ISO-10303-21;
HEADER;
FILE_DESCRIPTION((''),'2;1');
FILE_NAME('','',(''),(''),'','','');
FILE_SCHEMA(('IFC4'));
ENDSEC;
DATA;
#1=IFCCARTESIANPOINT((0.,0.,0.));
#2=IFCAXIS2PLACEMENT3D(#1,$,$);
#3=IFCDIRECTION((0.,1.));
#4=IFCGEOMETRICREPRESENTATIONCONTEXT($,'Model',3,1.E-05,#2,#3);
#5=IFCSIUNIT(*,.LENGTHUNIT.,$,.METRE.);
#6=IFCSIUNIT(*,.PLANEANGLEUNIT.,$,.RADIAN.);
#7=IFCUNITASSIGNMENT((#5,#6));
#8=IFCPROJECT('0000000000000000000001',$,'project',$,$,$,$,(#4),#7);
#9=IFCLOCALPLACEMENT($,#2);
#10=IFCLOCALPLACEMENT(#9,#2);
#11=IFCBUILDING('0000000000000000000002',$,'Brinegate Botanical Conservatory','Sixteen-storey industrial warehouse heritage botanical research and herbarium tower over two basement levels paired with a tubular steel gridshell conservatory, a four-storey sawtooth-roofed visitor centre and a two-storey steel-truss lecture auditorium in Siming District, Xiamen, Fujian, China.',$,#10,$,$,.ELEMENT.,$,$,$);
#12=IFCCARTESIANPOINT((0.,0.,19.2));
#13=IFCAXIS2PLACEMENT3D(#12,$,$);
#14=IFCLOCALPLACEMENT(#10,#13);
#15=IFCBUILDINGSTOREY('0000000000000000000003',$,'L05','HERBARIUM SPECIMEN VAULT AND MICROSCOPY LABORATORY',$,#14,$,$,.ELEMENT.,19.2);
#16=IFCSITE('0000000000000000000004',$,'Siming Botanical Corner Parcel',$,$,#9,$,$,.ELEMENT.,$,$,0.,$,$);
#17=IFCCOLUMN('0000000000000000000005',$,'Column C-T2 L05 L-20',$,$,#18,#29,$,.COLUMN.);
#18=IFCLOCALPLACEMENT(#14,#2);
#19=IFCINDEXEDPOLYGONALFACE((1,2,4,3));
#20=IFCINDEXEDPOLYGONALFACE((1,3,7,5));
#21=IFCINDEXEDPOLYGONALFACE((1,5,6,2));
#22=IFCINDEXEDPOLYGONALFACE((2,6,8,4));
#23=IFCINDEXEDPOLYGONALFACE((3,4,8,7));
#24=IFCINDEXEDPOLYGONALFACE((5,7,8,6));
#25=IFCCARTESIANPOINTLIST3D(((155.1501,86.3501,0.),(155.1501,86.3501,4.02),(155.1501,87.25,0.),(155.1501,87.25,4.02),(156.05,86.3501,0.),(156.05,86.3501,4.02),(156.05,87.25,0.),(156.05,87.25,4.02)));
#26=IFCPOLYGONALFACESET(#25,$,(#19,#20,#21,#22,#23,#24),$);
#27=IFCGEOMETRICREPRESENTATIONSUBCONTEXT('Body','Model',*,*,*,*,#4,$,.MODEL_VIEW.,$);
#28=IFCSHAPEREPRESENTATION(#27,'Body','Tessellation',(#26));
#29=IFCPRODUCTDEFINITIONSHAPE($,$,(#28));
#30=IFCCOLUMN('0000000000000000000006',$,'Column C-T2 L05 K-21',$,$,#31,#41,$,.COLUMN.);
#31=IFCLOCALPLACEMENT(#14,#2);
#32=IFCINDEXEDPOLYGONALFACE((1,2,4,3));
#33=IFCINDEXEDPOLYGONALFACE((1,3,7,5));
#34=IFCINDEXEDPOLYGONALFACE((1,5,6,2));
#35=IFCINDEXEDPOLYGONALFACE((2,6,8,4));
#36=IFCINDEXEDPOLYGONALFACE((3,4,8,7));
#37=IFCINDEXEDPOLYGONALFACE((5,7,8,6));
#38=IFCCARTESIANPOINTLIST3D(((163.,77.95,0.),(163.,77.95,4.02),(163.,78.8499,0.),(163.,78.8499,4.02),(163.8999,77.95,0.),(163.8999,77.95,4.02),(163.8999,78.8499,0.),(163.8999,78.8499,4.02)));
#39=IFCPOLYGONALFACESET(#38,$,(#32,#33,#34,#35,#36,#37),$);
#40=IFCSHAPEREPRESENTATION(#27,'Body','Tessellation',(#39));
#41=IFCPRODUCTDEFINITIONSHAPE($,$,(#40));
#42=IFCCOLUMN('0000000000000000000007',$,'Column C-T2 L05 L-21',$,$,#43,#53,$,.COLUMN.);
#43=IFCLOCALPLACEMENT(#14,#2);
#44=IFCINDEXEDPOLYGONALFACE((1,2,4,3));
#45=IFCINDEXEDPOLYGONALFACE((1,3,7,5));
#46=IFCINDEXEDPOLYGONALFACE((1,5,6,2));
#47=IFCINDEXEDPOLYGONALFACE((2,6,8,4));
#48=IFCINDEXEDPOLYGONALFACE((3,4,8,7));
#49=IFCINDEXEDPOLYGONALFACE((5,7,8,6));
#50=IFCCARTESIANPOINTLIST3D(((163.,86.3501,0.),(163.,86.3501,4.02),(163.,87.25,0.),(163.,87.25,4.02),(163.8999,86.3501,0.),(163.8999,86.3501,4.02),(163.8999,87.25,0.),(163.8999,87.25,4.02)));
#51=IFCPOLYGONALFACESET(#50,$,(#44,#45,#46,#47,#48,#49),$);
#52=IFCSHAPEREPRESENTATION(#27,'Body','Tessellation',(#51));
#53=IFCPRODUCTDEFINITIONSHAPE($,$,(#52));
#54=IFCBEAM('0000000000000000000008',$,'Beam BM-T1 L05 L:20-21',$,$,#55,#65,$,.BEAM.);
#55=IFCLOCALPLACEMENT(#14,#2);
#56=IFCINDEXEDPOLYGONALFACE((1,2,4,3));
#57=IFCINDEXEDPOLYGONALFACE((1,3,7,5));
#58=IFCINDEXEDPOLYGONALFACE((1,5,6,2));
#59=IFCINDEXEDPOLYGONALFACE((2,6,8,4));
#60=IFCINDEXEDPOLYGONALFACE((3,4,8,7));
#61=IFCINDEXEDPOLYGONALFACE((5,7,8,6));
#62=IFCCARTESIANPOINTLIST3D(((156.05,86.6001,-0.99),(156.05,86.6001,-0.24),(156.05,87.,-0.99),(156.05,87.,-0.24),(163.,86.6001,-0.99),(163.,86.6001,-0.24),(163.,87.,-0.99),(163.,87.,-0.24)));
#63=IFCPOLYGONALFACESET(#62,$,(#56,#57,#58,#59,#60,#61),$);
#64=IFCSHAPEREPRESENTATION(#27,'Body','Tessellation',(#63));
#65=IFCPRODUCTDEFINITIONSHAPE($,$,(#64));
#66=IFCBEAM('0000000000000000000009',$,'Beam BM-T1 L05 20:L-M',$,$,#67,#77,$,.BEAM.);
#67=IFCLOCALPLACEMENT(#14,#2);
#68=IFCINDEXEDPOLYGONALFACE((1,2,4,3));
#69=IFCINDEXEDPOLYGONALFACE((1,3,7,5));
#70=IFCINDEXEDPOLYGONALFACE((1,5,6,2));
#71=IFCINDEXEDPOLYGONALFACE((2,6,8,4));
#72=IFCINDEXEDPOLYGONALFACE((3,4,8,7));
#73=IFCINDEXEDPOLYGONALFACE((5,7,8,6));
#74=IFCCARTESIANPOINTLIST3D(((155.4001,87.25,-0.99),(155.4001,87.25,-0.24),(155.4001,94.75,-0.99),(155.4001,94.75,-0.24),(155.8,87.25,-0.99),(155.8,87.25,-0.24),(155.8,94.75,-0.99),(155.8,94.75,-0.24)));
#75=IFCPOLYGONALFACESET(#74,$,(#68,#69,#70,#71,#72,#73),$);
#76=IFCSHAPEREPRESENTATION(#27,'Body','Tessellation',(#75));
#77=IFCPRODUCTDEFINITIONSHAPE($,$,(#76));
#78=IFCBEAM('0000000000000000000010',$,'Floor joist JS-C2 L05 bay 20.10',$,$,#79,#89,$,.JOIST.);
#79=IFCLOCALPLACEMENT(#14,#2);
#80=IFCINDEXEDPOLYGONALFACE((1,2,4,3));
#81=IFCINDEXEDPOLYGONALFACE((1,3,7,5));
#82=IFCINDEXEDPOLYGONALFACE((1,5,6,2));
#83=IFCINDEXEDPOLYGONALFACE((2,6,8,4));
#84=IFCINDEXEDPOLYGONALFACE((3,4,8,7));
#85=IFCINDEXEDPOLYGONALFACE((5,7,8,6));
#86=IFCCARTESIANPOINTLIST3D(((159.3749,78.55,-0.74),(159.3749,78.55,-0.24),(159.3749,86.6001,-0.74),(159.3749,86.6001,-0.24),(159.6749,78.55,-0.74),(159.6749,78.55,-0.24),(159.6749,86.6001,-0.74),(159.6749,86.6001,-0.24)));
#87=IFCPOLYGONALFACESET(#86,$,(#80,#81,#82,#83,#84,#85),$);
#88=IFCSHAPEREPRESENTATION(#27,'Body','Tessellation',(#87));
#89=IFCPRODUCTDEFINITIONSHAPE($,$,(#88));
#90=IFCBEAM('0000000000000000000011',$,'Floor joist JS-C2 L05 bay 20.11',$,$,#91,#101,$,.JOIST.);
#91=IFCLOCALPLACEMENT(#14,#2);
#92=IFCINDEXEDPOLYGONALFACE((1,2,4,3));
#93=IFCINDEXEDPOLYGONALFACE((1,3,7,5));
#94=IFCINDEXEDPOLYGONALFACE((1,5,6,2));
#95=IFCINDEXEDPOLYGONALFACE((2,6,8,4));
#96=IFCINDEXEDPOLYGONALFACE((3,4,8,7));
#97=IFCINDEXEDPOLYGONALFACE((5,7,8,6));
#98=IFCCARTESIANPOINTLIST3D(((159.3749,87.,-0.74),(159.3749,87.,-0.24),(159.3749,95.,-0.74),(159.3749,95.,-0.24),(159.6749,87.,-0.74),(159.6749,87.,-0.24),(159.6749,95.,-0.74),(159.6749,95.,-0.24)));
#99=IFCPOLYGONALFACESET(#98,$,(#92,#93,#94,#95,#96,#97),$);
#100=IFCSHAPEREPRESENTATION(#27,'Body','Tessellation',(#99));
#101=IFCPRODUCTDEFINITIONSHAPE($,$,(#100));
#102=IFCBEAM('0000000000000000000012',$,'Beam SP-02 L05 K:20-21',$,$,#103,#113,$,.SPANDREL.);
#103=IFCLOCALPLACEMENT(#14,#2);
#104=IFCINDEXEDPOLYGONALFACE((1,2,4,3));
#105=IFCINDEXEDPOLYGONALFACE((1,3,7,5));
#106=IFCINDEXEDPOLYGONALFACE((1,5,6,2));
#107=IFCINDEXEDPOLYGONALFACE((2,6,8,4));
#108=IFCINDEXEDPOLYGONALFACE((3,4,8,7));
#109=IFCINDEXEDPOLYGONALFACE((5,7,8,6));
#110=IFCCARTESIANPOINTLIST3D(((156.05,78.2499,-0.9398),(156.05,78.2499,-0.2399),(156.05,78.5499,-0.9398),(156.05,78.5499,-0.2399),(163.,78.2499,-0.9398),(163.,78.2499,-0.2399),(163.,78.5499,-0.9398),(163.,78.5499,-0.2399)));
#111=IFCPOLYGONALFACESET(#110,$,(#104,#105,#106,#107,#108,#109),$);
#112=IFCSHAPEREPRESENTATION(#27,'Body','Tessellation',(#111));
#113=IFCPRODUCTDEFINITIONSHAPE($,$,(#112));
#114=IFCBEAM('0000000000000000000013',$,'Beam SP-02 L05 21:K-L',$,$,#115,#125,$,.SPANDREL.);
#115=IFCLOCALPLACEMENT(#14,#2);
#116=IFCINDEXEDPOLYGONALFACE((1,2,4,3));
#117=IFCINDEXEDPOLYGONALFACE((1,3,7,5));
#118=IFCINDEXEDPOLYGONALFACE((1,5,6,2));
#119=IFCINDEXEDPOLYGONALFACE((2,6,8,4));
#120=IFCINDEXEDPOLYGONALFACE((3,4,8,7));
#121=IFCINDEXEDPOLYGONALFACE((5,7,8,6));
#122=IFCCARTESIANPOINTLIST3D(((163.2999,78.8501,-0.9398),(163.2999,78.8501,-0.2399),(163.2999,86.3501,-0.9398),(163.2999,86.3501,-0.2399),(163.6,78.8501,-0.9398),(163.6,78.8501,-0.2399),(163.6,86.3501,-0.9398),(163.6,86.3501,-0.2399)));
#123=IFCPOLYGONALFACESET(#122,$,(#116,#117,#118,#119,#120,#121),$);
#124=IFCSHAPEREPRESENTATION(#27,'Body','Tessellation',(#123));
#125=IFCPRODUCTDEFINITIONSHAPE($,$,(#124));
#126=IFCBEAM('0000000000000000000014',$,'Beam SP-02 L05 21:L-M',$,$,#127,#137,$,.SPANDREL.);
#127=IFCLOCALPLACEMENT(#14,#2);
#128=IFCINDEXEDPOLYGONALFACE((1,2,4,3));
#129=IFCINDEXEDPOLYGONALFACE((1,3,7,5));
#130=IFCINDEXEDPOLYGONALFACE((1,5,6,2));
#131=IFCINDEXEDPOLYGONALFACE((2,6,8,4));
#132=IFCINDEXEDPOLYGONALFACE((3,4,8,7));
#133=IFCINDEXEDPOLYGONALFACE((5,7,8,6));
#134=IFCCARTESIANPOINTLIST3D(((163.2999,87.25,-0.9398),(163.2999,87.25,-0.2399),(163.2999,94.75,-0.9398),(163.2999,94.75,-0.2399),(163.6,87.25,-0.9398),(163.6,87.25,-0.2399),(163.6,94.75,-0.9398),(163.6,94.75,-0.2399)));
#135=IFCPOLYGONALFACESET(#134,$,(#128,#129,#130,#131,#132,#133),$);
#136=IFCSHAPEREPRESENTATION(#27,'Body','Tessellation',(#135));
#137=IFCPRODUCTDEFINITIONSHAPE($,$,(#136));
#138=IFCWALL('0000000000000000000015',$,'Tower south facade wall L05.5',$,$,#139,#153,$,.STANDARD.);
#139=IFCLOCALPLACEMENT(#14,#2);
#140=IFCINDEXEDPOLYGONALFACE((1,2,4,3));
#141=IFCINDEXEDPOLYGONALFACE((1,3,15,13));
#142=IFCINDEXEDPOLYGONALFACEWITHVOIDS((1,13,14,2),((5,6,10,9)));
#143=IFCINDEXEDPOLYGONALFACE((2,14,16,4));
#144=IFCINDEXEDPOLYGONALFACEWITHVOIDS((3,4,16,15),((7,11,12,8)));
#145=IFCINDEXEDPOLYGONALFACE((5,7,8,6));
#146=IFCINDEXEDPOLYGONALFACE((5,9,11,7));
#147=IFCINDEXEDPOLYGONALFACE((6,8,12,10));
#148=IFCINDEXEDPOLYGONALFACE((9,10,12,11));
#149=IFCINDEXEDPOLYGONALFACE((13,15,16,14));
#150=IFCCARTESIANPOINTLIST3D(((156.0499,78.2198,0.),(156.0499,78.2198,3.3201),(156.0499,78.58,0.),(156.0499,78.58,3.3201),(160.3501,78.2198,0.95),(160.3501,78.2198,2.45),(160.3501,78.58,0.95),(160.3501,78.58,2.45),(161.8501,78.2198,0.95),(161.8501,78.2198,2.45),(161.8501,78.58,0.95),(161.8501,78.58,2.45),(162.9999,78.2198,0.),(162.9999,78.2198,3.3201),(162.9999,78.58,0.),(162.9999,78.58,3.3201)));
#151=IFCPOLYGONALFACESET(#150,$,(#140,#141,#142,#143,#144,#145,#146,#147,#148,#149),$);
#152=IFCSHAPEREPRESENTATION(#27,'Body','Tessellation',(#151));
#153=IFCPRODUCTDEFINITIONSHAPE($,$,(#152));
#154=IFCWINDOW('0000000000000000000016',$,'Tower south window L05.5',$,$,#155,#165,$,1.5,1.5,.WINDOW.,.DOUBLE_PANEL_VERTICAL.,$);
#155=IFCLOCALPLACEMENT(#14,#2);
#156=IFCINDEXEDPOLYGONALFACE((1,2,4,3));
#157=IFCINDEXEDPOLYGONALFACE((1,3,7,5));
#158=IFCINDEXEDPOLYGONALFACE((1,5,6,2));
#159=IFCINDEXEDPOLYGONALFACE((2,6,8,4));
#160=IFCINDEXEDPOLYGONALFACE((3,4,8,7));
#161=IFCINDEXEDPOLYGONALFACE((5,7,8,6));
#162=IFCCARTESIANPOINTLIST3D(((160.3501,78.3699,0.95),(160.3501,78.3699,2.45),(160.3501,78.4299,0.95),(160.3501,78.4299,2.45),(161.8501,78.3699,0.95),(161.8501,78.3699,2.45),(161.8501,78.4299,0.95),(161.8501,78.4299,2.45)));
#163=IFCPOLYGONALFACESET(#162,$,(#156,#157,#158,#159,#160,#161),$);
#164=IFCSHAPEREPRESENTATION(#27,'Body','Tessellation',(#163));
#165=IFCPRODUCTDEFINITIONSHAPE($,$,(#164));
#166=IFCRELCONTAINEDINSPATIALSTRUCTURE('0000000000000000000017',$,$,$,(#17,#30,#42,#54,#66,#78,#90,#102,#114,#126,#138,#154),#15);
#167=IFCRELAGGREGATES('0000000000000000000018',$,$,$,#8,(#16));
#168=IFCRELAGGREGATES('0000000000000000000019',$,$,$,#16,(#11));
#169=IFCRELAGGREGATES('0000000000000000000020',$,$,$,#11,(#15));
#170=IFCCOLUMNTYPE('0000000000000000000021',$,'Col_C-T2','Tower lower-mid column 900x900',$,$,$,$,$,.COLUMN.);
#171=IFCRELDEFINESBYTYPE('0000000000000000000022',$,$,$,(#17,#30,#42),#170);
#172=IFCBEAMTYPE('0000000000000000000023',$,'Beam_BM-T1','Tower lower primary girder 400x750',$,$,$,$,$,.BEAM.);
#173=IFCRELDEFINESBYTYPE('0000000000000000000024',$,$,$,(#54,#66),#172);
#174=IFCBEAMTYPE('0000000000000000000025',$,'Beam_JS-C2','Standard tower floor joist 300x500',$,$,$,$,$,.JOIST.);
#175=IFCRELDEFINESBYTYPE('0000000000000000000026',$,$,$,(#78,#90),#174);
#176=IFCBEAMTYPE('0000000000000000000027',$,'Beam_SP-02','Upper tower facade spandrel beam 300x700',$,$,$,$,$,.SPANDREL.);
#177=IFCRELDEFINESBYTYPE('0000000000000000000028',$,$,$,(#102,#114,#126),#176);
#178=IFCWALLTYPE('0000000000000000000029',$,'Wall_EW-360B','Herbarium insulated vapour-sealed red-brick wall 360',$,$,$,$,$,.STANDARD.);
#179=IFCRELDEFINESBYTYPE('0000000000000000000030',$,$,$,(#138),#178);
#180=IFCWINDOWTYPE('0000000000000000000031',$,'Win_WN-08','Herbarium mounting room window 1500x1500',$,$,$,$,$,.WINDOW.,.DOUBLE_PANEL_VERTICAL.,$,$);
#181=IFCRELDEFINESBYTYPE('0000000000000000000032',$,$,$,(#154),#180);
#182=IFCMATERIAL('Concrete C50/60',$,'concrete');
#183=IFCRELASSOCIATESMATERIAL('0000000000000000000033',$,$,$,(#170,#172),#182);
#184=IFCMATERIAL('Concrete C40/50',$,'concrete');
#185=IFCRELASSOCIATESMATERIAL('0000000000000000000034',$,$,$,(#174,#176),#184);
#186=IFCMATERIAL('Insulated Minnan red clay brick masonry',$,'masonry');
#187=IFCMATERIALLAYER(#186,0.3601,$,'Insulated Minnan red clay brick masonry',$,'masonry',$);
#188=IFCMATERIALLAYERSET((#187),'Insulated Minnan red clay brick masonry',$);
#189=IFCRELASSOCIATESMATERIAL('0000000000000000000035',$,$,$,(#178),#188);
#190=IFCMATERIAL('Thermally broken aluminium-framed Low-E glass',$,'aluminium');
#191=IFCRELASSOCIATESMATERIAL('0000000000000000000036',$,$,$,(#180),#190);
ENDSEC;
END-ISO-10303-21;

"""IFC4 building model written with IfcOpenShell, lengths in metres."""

from ifc_helpers import new_model, si_unit, direction, frame, frame_2d, origin, origin_2d, place, context, subcontext, project, spatial, rectangle, extrude, material, layer, layer_set, material_profile, profile_set, type_object, element, fill, save


model = new_model("IFC4")

# Units and contexts
model_context = context("Model", 3, precision=1e-05, world=origin(), true_north=direction((0.0, 1.0)))
body_context = subcontext(model_context, "Body", "Model", "MODEL_VIEW")
ifc_project = project(units=[si_unit("LENGTHUNIT", "METRE"), si_unit("PLANEANGLEUNIT", "RADIAN")], contexts=[model_context])

# Site, building, storey
site_placement = place(None, origin())
site = spatial("IfcSite", under=ifc_project, at=site_placement, Name="Siming Botanical Corner Parcel", CompositionType="ELEMENT", RefElevation=0.0)
building_placement = place(site_placement, origin())
building = spatial("IfcBuilding", under=site, at=building_placement, Name="Brinegate Botanical Conservatory", Description="Sixteen-storey industrial warehouse heritage botanical research and herbarium tower over two basement levels paired with a tubular steel gridshell conservatory, a four-storey sawtooth-roofed visitor centre and a two-storey steel-truss lecture auditorium in Siming District, Xiamen, Fujian, China.", CompositionType="ELEMENT")
storey_placement = place(building_placement, frame((0.0, 0.0, 19.2)))
storey = spatial("IfcBuildingStorey", under=building, at=storey_placement, Name="L05", Description="HERBARIUM SPECIMEN VAULT AND MICROSCOPY LABORATORY", CompositionType="ELEMENT", Elevation=19.2)

# Columns
ifc_material_1 = material(Name="Concrete C50/60", Category="concrete")
ifc_material_profile_1 = material_profile(ifc_material_1, rectangle(XDim=0.8999, YDim=0.8999, at=origin_2d()), Name="RC COL 900x900")
ifc_profile_set_1 = profile_set([ifc_material_profile_1], Name="Concrete C50/60")
column_type = type_object("IfcColumnType", Name="Col_C-T2", Description="Tower lower-mid column 900x900", PredefinedType="COLUMN", material=ifc_profile_set_1)
for number, where, z_axis, x_axis, name in (
    (1, (155.6001, 86.8, 0.0), (0.0, 0.0, 1.0), (1.0, 0.0, 0.0), "Column C-T2 L05 L-20"),
    (2, (163.45, 78.3999, 0.0), (0.0, 0.0, 1.0), (1.0, 0.0, 0.0), "Column C-T2 L05 K-21"),
    (3, (163.45, 86.8, 0.0), (0.0, 0.0, 1.0), (1.0, 0.0, 0.0), "Column C-T2 L05 L-21"),
):
    element("IfcColumn", number, at=place(storey_placement, frame(where, z_axis=z_axis, x_axis=x_axis)), inside=storey, type_object=column_type, Name=name, PredefinedType="COLUMN", context=body_context, shape_type="SweptSolid", body=[
        extrude(rectangle(XDim=0.8999, YDim=0.8999, at=origin_2d()), origin(), (0.0, 0.0, 1.0), 4.02),
    ])

# Beams
ifc_material_profile_2 = material_profile(ifc_material_1, rectangle(XDim=0.3999, YDim=0.75, at=origin_2d()), Name="RC BM 400x750")
ifc_profile_set_2 = profile_set([ifc_material_profile_2], Name="Concrete C50/60")
beam_type_1 = type_object("IfcBeamType", Name="Beam_BM-T1", Description="Tower lower primary girder 400x750", PredefinedType="BEAM", material=ifc_profile_set_2)
beam_1_placement = place(storey_placement, frame((156.05, 86.8, -0.615), z_axis=(1.0, 0.0, 0.0), x_axis=(0.0, 1.0, 0.0)))
element("IfcBeam", 4, at=beam_1_placement, inside=storey, type_object=beam_type_1, Name="Beam BM-T1 L05 L:20-21", PredefinedType="BEAM", context=body_context, shape_type="SweptSolid", body=[
    extrude(rectangle(XDim=0.3999, YDim=0.75, at=origin_2d()), origin(), (0.0, 0.0, 1.0), 6.95),
])
beam_2_placement = place(storey_placement, frame((155.6001, 87.25, -0.615), z_axis=(0.0, 1.0, 0.0), x_axis=(-1.0, 0.0, 0.0)))
element("IfcBeam", 5, at=beam_2_placement, inside=storey, type_object=beam_type_1, Name="Beam BM-T1 L05 20:L-M", PredefinedType="BEAM", context=body_context, shape_type="SweptSolid", body=[
    extrude(rectangle(XDim=0.3999, YDim=0.75, at=origin_2d()), origin(), (0.0, 0.0, 1.0), 7.5),
])
ifc_material_2 = material(Name="Concrete C40/50", Category="concrete")
ifc_material_profile_3 = material_profile(ifc_material_2, rectangle(XDim=0.3, YDim=0.5, at=origin_2d()), Name="RC JST 300x500")
ifc_profile_set_3 = profile_set([ifc_material_profile_3], Name="Concrete C40/50")
beam_type_2 = type_object("IfcBeamType", Name="Beam_JS-C2", Description="Standard tower floor joist 300x500", PredefinedType="JOIST", material=ifc_profile_set_3)
beam_3_placement = place(storey_placement, frame((159.5249, 78.55, -0.49), z_axis=(0.0, 1.0, 0.0), x_axis=(-1.0, 0.0, 0.0)))
element("IfcBeam", 6, at=beam_3_placement, inside=storey, type_object=beam_type_2, Name="Floor joist JS-C2 L05 bay 20.10", PredefinedType="JOIST", context=body_context, shape_type="SweptSolid", body=[
    extrude(rectangle(XDim=0.3, YDim=0.5, at=origin_2d()), origin(), (0.0, 0.0, 1.0), 8.05),
])
beam_4_placement = place(storey_placement, frame((159.5249, 87.0, -0.49), z_axis=(0.0, 1.0, 0.0), x_axis=(-1.0, 0.0, 0.0)))
element("IfcBeam", 7, at=beam_4_placement, inside=storey, type_object=beam_type_2, Name="Floor joist JS-C2 L05 bay 20.11", PredefinedType="JOIST", context=body_context, shape_type="SweptSolid", body=[
    extrude(rectangle(XDim=0.3, YDim=0.5, at=origin_2d()), origin(), (0.0, 0.0, 1.0), 8.0),
])
ifc_material_profile_4 = material_profile(ifc_material_2, rectangle(XDim=0.3, YDim=0.7, at=origin_2d()), Name="RC SPN 300x700")
ifc_profile_set_4 = profile_set([ifc_material_profile_4], Name="Concrete C40/50")
beam_type_3 = type_object("IfcBeamType", Name="Beam_SP-02", Description="Upper tower facade spandrel beam 300x700", PredefinedType="SPANDREL", material=ifc_profile_set_4)
beam_5_placement = place(storey_placement, frame((156.05, 78.3999, -0.5898), z_axis=(1.0, 0.0, 0.0), x_axis=(0.0, 1.0, 0.0)))
element("IfcBeam", 8, at=beam_5_placement, inside=storey, type_object=beam_type_3, Name="Beam SP-02 L05 K:20-21", PredefinedType="SPANDREL", context=body_context, shape_type="SweptSolid", body=[
    extrude(rectangle(XDim=0.3, YDim=0.7, at=origin_2d()), origin(), (0.0, 0.0, 1.0), 6.95),
])
for number, where, z_axis, x_axis, name in (
    (9, (163.45, 78.8501, -0.5898), (0.0, 1.0, 0.0), (-1.0, 0.0, 0.0), "Beam SP-02 L05 21:K-L"),
    (10, (163.45, 87.25, -0.5898), (0.0, 1.0, 0.0), (-1.0, 0.0, 0.0), "Beam SP-02 L05 21:L-M"),
):
    element("IfcBeam", number, at=place(storey_placement, frame(where, z_axis=z_axis, x_axis=x_axis)), inside=storey, type_object=beam_type_3, Name=name, PredefinedType="SPANDREL", context=body_context, shape_type="SweptSolid", body=[
        extrude(rectangle(XDim=0.3, YDim=0.7, at=origin_2d()), origin(), (0.0, 0.0, 1.0), 7.5),
    ])

# Wall, opening, window
ifc_material_3 = material(Name="Insulated Minnan red clay brick masonry", Category="masonry")
ifc_layer = layer(ifc_material_3, 0.3601, Name="Insulated Minnan red clay brick masonry", Category="masonry")
ifc_layer_set = layer_set([ifc_layer], Name="Insulated Minnan red clay brick masonry")
wall_type = type_object("IfcWallType", Name="Wall_EW-360B", Description="Herbarium insulated vapour-sealed red-brick wall 360", PredefinedType="STANDARD", material=ifc_layer_set)
wall_1_placement = place(storey_placement, frame((163.0, 78.3999, 0.0), z_axis=(0.0, 0.0, 1.0), x_axis=(-1.0, 0.0, 0.0)))
wall_1 = element("IfcWall", 11, at=wall_1_placement, inside=storey, type_object=wall_type, Name="Tower south facade wall L05.5", PredefinedType="STANDARD", context=body_context, shape_type="SweptSolid", body=[
    extrude(rectangle(XDim=6.95, YDim=0.3601, at=frame_2d((3.4751, 0.0))), origin(), (0.0, 0.0, 1.0), 3.3201),
])
opening_1_placement = place(wall_1_placement, frame((1.1499, 0.0, 0.95)))
opening_1 = element("IfcOpeningElement", 12, at=opening_1_placement, cuts=wall_1, PredefinedType="OPENING", context=body_context, shape_type="SweptSolid", body=[
    extrude(rectangle(XDim=1.5, YDim=1.5, at=frame_2d((0.75, 0.75))), frame((0.0, 0.1899, 0.0), z_axis=(0.0, -1.0, 0.0), x_axis=(1.0, 0.0, 0.0)), (0.0, 0.0, 1.0), 0.3801),
])
ifc_material_4 = material(Name="Thermally broken aluminium-framed Low-E glass", Category="aluminium")
window_type_1 = type_object("IfcWindowType", Name="Win_WN-08", Description="Herbarium mounting room window 1500x1500", PartitioningType="DOUBLE_PANEL_VERTICAL", PredefinedType="WINDOW", material=ifc_material_4)
window_1_placement = place(opening_1_placement, origin())
window_1 = element("IfcWindow", 13, at=window_1_placement, inside=storey, type_object=window_type_1, Name="Tower south window L05.5", OverallHeight=1.5, OverallWidth=1.5, PartitioningType="DOUBLE_PANEL_VERTICAL", PredefinedType="WINDOW", context=body_context, shape_type="SweptSolid", body=[
    extrude(rectangle(XDim=1.5, YDim=1.5, at=frame_2d((0.75, 0.75))), frame((0.0, 0.03, 0.0), z_axis=(0.0, -1.0, 0.0), x_axis=(1.0, 0.0, 0.0)), (0.0, 0.0, 1.0), 0.0601),
])
fill(opening_1, window_1)

save(model, "model.ifc")
